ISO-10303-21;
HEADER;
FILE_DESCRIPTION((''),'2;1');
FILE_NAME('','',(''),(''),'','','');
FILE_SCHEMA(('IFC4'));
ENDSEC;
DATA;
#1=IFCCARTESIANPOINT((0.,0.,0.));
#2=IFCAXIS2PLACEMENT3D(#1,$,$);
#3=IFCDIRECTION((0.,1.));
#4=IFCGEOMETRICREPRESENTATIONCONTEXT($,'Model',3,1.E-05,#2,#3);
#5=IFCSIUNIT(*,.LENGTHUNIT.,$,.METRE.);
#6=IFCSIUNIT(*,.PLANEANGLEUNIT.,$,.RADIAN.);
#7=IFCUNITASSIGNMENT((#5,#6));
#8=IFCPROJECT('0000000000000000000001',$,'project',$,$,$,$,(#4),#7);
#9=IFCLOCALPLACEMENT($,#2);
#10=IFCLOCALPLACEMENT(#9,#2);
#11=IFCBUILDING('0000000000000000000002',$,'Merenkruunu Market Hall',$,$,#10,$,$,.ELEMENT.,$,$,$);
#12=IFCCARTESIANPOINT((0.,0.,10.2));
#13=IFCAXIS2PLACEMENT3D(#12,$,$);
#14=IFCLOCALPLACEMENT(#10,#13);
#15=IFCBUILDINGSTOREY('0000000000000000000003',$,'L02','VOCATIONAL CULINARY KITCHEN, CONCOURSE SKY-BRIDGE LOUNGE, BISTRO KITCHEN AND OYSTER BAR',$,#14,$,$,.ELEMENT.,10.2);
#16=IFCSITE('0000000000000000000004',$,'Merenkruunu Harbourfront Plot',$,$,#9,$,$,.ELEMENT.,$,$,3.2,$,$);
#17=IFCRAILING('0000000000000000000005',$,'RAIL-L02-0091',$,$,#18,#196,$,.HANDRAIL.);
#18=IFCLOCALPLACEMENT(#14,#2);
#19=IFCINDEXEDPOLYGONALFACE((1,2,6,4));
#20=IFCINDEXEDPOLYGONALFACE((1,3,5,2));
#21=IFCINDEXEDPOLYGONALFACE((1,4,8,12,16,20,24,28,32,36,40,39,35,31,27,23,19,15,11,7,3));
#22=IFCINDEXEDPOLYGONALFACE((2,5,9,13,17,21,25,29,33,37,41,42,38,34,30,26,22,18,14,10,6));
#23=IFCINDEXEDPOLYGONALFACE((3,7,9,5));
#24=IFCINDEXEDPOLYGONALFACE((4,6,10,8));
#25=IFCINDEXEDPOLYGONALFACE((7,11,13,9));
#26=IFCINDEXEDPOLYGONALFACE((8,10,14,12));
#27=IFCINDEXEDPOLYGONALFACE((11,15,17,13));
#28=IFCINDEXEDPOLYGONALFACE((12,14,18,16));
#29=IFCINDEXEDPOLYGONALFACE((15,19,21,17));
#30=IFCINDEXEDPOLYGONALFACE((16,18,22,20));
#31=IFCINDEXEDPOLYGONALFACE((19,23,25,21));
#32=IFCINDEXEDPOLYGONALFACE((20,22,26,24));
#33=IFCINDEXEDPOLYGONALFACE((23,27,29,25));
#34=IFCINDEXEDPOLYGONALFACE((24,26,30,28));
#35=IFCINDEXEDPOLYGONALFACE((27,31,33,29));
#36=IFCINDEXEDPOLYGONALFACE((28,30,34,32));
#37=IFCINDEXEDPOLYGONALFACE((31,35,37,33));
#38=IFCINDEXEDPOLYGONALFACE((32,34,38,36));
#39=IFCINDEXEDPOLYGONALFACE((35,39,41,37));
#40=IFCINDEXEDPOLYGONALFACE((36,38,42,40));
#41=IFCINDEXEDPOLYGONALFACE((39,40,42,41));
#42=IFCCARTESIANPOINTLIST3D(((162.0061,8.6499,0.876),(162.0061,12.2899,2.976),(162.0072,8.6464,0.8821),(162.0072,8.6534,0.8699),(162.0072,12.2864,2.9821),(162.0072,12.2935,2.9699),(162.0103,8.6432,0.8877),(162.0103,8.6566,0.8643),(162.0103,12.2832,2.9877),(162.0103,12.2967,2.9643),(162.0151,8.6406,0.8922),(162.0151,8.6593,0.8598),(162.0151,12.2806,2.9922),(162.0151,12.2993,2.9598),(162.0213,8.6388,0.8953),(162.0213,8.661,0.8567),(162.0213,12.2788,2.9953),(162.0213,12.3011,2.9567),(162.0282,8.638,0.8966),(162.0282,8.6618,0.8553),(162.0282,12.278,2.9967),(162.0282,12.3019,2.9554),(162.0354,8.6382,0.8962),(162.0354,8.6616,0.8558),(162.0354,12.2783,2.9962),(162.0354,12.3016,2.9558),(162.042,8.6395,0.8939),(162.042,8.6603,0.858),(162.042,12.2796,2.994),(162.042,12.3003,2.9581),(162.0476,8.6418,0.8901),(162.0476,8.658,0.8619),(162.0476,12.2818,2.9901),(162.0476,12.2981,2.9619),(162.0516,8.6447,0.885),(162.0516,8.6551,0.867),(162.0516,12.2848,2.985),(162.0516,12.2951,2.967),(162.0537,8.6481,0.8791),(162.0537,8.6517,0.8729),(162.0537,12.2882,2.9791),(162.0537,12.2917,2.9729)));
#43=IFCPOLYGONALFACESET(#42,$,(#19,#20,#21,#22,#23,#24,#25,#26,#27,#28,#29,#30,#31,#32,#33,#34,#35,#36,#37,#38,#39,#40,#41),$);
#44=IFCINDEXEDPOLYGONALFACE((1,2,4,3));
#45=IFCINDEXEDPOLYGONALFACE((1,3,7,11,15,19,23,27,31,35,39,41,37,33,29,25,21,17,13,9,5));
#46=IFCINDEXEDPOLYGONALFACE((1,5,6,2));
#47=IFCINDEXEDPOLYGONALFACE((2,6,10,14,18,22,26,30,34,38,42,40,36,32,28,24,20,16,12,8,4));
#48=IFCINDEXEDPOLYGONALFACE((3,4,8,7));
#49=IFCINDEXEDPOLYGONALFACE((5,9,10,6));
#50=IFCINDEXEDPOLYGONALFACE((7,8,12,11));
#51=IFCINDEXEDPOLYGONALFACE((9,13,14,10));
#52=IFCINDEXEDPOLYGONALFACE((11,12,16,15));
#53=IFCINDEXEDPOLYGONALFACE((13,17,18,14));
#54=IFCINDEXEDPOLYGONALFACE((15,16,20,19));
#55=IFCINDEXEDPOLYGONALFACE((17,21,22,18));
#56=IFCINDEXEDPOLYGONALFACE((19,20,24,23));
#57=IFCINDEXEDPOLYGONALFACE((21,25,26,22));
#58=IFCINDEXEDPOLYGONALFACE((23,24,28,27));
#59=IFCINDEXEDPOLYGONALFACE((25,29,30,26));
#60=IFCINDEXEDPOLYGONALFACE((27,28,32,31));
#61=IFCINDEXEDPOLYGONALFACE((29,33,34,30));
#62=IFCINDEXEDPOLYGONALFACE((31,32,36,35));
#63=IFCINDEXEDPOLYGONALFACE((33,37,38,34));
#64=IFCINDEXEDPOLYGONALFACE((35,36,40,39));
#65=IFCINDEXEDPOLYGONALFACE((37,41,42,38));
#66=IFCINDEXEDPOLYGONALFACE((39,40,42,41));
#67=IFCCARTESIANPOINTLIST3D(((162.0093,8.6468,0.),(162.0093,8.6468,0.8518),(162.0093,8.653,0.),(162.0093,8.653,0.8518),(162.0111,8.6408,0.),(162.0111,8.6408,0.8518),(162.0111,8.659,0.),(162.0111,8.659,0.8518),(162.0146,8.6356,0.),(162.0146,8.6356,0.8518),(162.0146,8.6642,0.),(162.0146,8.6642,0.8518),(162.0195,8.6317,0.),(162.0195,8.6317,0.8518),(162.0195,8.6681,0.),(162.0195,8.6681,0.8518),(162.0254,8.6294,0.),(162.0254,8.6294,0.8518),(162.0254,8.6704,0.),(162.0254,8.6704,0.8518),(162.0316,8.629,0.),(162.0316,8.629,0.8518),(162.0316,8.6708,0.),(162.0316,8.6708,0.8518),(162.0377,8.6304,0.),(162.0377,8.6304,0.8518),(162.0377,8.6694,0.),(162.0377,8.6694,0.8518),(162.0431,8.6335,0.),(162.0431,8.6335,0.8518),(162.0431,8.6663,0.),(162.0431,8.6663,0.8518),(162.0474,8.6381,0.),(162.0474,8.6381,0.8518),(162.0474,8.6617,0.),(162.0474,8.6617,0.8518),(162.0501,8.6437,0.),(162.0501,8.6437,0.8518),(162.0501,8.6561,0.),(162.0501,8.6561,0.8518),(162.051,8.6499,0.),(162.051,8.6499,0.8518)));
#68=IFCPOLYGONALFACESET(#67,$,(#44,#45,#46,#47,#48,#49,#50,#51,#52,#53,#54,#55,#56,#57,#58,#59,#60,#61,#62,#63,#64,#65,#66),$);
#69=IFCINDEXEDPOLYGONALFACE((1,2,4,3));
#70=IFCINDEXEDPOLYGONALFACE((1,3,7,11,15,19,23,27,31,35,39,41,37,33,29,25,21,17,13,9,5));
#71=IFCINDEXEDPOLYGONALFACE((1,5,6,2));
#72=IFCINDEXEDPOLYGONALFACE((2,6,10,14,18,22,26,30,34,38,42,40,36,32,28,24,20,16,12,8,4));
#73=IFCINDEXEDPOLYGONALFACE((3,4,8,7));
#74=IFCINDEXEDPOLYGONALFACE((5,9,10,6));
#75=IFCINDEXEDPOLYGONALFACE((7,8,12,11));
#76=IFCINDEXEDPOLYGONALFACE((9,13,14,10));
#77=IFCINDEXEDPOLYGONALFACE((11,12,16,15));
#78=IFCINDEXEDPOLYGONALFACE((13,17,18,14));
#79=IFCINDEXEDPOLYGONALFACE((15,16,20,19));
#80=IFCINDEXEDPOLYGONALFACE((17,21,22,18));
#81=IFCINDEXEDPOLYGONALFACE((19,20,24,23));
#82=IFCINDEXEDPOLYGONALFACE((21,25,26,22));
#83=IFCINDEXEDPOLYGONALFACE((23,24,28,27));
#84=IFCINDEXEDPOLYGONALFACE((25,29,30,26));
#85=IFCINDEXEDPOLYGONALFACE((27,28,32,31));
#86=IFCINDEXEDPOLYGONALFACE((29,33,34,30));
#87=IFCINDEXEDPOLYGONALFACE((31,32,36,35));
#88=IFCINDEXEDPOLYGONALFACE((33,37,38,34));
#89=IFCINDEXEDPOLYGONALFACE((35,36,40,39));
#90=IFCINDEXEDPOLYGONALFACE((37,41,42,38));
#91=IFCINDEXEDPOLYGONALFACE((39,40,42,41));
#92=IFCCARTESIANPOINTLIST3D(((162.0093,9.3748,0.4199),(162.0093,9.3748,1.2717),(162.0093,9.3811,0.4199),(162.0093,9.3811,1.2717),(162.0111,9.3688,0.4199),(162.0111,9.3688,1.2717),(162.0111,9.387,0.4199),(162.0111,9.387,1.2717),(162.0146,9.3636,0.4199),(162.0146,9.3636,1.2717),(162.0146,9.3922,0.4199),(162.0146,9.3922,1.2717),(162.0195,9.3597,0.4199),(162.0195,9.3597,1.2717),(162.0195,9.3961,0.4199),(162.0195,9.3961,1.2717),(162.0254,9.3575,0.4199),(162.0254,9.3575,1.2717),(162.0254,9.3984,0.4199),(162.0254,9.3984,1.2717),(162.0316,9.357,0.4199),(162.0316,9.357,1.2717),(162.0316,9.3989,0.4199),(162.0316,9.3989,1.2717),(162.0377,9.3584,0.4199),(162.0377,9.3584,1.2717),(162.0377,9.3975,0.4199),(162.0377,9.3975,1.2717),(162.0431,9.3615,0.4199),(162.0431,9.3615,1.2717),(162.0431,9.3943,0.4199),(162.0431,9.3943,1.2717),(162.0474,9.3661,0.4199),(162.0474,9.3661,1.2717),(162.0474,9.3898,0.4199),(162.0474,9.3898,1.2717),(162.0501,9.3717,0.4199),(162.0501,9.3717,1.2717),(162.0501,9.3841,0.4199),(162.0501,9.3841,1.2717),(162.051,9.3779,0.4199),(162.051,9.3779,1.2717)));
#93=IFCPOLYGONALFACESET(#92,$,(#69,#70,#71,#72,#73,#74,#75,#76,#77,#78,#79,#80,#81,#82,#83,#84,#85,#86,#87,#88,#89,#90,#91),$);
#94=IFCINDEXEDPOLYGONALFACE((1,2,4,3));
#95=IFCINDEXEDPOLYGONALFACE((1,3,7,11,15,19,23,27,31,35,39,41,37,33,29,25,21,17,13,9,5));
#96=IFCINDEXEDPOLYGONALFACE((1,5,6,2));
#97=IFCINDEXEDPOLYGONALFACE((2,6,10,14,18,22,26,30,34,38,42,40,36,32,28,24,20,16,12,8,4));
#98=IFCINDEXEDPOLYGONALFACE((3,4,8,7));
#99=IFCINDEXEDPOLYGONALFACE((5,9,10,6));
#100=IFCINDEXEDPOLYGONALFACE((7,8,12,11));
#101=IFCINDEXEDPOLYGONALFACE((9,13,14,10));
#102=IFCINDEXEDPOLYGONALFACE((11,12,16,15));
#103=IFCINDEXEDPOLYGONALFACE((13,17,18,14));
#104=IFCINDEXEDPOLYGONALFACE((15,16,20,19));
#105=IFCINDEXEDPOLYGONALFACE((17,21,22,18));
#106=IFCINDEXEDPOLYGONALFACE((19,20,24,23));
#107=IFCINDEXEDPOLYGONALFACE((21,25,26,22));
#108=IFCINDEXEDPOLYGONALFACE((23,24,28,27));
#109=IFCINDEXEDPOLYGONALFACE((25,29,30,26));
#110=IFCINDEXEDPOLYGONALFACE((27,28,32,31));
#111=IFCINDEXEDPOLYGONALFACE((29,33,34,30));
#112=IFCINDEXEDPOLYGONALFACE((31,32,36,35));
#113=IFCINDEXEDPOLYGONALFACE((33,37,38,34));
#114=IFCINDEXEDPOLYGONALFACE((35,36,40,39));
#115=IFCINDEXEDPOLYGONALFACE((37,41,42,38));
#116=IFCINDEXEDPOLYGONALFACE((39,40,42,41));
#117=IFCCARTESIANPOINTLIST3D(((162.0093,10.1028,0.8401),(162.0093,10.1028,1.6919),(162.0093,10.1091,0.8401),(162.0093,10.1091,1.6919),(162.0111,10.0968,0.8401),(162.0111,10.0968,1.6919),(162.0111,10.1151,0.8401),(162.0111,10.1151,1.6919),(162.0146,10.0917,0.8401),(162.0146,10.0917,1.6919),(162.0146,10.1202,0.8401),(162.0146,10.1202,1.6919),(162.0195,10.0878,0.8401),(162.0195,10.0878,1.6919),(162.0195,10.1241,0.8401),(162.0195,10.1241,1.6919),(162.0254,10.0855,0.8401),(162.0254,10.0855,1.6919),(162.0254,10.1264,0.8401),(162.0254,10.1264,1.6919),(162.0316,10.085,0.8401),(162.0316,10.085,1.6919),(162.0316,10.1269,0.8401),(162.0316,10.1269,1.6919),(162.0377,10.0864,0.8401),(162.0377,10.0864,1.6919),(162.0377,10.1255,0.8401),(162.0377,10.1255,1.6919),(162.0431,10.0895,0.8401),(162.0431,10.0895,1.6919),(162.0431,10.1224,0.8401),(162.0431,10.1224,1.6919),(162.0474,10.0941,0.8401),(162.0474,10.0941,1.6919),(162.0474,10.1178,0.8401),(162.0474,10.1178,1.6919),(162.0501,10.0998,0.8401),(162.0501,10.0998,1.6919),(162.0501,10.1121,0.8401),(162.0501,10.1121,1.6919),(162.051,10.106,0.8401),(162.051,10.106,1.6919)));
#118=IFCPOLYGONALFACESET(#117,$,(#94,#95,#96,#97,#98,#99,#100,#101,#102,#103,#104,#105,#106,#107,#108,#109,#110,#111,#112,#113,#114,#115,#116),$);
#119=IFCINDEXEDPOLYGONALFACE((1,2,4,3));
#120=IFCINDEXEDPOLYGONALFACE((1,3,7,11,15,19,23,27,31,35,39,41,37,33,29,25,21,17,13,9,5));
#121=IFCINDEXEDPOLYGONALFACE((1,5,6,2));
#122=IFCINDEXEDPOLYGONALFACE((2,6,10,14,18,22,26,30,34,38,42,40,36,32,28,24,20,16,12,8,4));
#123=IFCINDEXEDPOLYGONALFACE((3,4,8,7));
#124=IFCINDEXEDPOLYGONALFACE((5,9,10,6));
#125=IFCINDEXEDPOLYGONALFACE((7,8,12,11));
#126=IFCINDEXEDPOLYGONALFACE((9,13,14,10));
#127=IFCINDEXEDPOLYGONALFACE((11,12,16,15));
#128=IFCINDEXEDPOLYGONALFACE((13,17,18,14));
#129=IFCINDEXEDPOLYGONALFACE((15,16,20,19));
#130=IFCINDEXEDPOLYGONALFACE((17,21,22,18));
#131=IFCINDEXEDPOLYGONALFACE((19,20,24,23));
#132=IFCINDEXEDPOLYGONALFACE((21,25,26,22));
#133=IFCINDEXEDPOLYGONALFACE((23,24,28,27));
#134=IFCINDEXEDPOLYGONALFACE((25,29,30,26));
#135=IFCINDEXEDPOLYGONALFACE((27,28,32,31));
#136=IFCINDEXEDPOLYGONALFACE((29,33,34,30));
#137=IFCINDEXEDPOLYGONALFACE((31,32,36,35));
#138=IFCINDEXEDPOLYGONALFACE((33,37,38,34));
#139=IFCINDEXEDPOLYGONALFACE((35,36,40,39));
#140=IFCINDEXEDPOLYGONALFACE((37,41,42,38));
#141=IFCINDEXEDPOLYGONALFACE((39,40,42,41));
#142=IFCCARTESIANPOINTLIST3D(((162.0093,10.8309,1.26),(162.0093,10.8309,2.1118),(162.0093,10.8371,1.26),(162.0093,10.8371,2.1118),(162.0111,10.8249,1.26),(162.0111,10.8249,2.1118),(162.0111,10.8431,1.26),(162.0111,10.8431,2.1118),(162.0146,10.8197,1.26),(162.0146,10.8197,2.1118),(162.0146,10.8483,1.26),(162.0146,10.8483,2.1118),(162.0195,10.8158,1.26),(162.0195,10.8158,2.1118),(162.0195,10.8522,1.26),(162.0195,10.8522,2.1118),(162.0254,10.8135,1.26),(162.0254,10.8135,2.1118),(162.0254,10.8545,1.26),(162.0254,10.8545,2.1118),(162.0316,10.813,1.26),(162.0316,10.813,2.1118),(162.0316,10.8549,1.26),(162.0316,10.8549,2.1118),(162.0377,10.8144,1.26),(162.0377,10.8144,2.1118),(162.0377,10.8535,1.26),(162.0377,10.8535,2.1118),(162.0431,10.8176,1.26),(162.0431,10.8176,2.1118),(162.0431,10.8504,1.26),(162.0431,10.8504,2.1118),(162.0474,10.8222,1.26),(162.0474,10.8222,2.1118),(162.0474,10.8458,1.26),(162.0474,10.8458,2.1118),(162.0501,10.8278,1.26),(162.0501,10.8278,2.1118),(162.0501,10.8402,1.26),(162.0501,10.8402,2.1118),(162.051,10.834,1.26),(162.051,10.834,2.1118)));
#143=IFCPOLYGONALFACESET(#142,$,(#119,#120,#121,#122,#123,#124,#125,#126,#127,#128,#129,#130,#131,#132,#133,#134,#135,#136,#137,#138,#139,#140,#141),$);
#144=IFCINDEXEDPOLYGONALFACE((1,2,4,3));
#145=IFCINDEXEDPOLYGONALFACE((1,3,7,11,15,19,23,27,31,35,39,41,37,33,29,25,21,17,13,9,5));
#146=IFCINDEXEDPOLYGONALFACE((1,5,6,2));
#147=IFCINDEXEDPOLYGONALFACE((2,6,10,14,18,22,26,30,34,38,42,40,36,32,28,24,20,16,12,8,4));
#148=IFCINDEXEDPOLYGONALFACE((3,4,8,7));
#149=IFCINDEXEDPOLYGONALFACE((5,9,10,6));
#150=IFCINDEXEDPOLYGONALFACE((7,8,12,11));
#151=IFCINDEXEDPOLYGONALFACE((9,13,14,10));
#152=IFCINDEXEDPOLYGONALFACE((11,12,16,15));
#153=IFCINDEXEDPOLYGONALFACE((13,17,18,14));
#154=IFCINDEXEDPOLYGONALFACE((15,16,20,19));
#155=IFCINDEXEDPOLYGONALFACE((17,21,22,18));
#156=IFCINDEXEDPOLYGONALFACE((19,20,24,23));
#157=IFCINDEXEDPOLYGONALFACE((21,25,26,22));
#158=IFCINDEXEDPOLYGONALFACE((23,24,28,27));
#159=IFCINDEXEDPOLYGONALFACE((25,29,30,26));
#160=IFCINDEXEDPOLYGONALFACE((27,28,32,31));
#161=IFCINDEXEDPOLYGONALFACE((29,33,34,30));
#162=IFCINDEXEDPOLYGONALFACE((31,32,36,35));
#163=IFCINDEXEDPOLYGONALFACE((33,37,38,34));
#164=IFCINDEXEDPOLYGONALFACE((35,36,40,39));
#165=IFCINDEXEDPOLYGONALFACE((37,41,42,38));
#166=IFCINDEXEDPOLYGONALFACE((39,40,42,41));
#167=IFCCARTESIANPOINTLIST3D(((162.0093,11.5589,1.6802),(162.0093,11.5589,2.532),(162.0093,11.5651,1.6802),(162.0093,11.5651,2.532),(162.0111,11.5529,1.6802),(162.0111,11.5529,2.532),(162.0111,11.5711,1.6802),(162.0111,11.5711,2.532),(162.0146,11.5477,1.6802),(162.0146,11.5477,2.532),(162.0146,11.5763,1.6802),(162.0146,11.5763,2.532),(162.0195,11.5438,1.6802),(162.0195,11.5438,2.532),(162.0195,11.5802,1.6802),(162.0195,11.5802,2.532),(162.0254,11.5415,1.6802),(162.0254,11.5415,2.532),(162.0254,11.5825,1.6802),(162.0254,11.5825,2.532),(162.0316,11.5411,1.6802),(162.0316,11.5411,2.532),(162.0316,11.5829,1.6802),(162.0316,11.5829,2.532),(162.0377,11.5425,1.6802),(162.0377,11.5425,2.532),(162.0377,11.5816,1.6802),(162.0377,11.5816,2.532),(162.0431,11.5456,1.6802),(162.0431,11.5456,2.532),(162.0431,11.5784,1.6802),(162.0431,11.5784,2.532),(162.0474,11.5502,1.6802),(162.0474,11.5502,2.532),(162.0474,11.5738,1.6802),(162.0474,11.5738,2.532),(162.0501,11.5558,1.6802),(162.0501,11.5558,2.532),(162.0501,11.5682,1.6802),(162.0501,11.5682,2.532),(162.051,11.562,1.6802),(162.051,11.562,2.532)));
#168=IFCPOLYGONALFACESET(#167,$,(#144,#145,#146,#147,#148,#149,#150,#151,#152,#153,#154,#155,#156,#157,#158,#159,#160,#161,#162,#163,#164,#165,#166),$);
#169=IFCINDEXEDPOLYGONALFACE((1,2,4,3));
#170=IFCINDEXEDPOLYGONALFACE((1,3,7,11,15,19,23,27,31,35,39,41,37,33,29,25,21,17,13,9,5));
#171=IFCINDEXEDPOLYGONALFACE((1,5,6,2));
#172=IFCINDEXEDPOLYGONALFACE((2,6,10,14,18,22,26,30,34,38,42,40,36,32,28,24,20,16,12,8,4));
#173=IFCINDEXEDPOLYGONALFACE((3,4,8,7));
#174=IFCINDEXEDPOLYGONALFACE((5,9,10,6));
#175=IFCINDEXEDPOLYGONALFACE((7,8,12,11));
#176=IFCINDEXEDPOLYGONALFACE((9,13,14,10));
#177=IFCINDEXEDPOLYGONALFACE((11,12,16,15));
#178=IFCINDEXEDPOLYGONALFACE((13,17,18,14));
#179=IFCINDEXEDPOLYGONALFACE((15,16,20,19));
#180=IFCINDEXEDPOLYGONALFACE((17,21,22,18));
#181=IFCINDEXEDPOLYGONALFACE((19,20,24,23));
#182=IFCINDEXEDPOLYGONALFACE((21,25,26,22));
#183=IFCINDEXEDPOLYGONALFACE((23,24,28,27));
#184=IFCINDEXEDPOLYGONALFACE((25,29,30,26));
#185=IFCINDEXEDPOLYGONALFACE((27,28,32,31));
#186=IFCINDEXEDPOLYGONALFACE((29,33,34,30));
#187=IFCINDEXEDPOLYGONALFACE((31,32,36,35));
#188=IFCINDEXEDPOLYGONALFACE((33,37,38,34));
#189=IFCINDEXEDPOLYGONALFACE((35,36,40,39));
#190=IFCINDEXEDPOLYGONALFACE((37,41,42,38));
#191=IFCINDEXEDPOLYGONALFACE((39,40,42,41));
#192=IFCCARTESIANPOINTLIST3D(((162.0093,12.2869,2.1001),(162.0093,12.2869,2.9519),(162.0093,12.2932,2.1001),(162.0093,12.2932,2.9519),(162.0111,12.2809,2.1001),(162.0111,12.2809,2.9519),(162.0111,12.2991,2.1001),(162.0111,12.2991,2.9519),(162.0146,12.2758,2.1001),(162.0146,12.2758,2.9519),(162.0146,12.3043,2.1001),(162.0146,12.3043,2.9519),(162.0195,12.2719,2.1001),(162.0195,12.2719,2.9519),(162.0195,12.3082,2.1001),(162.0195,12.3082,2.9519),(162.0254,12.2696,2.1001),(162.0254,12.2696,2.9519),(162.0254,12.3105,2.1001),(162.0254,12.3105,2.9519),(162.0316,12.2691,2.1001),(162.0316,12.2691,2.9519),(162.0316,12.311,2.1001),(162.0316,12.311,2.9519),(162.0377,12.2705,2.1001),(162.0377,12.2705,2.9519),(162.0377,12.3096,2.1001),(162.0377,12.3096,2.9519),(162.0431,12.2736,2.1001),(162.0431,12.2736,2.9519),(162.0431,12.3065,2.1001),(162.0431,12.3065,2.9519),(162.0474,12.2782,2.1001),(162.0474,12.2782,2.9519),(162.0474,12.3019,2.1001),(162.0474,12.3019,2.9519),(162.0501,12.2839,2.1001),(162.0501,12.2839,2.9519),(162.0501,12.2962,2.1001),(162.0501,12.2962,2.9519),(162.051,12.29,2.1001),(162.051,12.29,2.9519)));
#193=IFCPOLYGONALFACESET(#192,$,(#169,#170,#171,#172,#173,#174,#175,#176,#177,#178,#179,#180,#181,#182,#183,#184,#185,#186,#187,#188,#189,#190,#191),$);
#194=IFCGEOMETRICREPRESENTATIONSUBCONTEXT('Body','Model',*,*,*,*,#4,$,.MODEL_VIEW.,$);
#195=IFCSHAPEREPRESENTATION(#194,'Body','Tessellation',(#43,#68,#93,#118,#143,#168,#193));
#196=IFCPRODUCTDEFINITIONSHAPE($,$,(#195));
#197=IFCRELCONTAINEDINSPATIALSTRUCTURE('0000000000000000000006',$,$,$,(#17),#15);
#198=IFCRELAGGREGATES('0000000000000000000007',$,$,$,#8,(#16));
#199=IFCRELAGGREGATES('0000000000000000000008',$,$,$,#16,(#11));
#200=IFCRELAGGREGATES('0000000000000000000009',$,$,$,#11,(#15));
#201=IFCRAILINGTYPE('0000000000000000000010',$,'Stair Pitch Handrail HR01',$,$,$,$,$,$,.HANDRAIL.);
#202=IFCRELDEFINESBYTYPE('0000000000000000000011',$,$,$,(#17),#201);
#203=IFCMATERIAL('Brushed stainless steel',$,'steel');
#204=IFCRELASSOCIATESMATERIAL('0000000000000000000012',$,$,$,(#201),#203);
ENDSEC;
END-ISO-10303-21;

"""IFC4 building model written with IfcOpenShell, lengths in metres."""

from ifc_helpers import new_model, si_unit, direction, frame, origin, origin_2d, place, context, subcontext, project, spatial, circle, extrude, material, type_object, element, save


model = new_model("IFC4")

# Units and contexts
model_context = context("Model", 3, precision=1e-05, world=origin(), true_north=direction((0.0, 1.0)))
body_context = subcontext(model_context, "Body", "Model", "MODEL_VIEW")
ifc_project = project(units=[si_unit("LENGTHUNIT", "METRE"), si_unit("PLANEANGLEUNIT", "RADIAN")], contexts=[model_context])

# Site, building, storey
site_placement = place(None, origin())
site = spatial("IfcSite", under=ifc_project, at=site_placement, Name="Merenkruunu Harbourfront Plot", CompositionType="ELEMENT", RefElevation=3.2)
building_placement = place(site_placement, origin())
building = spatial("IfcBuilding", under=site, at=building_placement, Name="Merenkruunu Market Hall", CompositionType="ELEMENT")
storey_placement = place(building_placement, frame((0.0, 0.0, 10.2)))
storey = spatial("IfcBuildingStorey", under=building, at=storey_placement, Name="L02", Description="VOCATIONAL CULINARY KITCHEN, CONCOURSE SKY-BRIDGE LOUNGE, BISTRO KITCHEN AND OYSTER BAR", CompositionType="ELEMENT", Elevation=10.2)

# Railing
ifc_material_1 = material(Name="Brushed stainless steel", Category="steel")
railing_type_1 = type_object("IfcRailingType", Name="Stair Pitch Handrail HR01", PredefinedType="HANDRAIL", material=ifc_material_1)
railing_1_placement = place(storey_placement, frame((162.03, 8.6499, 0.0)))
element("IfcRailing", 1, at=railing_1_placement, inside=storey, type_object=railing_type_1, Name="RAIL-L02-0091", PredefinedType="HANDRAIL", context=body_context, shape_type="SweptSolid", body=[
    extrude(circle(Radius=0.0239, at=origin_2d()), frame((0.0, 0.0, 0.876), z_axis=(0.0, 0.866184, 0.499726), x_axis=(-1.0, 0.0, 0.0)), (0.0, 0.0, 1.0), 4.2024),
    extrude(circle(Radius=0.021, at=origin_2d()), origin(), (0.0, 0.0, 1.0), 0.8518),
    extrude(circle(Radius=0.021, at=origin_2d()), frame((0.0, 0.728, 0.4199)), (0.0, 0.0, 1.0), 0.8518),
    extrude(circle(Radius=0.021, at=origin_2d()), frame((0.0, 1.4561, 0.8401)), (0.0, 0.0, 1.0), 0.8518),
    extrude(circle(Radius=0.021, at=origin_2d()), frame((0.0, 2.1841, 1.26)), (0.0, 0.0, 1.0), 0.8518),
    extrude(circle(Radius=0.021, at=origin_2d()), frame((0.0, 2.9121, 1.6802)), (0.0, 0.0, 1.0), 0.8518),
    extrude(circle(Radius=0.021, at=origin_2d()), frame((0.0, 3.6401, 2.1001)), (0.0, 0.0, 1.0), 0.8518),
])

save(model, "model.ifc")
